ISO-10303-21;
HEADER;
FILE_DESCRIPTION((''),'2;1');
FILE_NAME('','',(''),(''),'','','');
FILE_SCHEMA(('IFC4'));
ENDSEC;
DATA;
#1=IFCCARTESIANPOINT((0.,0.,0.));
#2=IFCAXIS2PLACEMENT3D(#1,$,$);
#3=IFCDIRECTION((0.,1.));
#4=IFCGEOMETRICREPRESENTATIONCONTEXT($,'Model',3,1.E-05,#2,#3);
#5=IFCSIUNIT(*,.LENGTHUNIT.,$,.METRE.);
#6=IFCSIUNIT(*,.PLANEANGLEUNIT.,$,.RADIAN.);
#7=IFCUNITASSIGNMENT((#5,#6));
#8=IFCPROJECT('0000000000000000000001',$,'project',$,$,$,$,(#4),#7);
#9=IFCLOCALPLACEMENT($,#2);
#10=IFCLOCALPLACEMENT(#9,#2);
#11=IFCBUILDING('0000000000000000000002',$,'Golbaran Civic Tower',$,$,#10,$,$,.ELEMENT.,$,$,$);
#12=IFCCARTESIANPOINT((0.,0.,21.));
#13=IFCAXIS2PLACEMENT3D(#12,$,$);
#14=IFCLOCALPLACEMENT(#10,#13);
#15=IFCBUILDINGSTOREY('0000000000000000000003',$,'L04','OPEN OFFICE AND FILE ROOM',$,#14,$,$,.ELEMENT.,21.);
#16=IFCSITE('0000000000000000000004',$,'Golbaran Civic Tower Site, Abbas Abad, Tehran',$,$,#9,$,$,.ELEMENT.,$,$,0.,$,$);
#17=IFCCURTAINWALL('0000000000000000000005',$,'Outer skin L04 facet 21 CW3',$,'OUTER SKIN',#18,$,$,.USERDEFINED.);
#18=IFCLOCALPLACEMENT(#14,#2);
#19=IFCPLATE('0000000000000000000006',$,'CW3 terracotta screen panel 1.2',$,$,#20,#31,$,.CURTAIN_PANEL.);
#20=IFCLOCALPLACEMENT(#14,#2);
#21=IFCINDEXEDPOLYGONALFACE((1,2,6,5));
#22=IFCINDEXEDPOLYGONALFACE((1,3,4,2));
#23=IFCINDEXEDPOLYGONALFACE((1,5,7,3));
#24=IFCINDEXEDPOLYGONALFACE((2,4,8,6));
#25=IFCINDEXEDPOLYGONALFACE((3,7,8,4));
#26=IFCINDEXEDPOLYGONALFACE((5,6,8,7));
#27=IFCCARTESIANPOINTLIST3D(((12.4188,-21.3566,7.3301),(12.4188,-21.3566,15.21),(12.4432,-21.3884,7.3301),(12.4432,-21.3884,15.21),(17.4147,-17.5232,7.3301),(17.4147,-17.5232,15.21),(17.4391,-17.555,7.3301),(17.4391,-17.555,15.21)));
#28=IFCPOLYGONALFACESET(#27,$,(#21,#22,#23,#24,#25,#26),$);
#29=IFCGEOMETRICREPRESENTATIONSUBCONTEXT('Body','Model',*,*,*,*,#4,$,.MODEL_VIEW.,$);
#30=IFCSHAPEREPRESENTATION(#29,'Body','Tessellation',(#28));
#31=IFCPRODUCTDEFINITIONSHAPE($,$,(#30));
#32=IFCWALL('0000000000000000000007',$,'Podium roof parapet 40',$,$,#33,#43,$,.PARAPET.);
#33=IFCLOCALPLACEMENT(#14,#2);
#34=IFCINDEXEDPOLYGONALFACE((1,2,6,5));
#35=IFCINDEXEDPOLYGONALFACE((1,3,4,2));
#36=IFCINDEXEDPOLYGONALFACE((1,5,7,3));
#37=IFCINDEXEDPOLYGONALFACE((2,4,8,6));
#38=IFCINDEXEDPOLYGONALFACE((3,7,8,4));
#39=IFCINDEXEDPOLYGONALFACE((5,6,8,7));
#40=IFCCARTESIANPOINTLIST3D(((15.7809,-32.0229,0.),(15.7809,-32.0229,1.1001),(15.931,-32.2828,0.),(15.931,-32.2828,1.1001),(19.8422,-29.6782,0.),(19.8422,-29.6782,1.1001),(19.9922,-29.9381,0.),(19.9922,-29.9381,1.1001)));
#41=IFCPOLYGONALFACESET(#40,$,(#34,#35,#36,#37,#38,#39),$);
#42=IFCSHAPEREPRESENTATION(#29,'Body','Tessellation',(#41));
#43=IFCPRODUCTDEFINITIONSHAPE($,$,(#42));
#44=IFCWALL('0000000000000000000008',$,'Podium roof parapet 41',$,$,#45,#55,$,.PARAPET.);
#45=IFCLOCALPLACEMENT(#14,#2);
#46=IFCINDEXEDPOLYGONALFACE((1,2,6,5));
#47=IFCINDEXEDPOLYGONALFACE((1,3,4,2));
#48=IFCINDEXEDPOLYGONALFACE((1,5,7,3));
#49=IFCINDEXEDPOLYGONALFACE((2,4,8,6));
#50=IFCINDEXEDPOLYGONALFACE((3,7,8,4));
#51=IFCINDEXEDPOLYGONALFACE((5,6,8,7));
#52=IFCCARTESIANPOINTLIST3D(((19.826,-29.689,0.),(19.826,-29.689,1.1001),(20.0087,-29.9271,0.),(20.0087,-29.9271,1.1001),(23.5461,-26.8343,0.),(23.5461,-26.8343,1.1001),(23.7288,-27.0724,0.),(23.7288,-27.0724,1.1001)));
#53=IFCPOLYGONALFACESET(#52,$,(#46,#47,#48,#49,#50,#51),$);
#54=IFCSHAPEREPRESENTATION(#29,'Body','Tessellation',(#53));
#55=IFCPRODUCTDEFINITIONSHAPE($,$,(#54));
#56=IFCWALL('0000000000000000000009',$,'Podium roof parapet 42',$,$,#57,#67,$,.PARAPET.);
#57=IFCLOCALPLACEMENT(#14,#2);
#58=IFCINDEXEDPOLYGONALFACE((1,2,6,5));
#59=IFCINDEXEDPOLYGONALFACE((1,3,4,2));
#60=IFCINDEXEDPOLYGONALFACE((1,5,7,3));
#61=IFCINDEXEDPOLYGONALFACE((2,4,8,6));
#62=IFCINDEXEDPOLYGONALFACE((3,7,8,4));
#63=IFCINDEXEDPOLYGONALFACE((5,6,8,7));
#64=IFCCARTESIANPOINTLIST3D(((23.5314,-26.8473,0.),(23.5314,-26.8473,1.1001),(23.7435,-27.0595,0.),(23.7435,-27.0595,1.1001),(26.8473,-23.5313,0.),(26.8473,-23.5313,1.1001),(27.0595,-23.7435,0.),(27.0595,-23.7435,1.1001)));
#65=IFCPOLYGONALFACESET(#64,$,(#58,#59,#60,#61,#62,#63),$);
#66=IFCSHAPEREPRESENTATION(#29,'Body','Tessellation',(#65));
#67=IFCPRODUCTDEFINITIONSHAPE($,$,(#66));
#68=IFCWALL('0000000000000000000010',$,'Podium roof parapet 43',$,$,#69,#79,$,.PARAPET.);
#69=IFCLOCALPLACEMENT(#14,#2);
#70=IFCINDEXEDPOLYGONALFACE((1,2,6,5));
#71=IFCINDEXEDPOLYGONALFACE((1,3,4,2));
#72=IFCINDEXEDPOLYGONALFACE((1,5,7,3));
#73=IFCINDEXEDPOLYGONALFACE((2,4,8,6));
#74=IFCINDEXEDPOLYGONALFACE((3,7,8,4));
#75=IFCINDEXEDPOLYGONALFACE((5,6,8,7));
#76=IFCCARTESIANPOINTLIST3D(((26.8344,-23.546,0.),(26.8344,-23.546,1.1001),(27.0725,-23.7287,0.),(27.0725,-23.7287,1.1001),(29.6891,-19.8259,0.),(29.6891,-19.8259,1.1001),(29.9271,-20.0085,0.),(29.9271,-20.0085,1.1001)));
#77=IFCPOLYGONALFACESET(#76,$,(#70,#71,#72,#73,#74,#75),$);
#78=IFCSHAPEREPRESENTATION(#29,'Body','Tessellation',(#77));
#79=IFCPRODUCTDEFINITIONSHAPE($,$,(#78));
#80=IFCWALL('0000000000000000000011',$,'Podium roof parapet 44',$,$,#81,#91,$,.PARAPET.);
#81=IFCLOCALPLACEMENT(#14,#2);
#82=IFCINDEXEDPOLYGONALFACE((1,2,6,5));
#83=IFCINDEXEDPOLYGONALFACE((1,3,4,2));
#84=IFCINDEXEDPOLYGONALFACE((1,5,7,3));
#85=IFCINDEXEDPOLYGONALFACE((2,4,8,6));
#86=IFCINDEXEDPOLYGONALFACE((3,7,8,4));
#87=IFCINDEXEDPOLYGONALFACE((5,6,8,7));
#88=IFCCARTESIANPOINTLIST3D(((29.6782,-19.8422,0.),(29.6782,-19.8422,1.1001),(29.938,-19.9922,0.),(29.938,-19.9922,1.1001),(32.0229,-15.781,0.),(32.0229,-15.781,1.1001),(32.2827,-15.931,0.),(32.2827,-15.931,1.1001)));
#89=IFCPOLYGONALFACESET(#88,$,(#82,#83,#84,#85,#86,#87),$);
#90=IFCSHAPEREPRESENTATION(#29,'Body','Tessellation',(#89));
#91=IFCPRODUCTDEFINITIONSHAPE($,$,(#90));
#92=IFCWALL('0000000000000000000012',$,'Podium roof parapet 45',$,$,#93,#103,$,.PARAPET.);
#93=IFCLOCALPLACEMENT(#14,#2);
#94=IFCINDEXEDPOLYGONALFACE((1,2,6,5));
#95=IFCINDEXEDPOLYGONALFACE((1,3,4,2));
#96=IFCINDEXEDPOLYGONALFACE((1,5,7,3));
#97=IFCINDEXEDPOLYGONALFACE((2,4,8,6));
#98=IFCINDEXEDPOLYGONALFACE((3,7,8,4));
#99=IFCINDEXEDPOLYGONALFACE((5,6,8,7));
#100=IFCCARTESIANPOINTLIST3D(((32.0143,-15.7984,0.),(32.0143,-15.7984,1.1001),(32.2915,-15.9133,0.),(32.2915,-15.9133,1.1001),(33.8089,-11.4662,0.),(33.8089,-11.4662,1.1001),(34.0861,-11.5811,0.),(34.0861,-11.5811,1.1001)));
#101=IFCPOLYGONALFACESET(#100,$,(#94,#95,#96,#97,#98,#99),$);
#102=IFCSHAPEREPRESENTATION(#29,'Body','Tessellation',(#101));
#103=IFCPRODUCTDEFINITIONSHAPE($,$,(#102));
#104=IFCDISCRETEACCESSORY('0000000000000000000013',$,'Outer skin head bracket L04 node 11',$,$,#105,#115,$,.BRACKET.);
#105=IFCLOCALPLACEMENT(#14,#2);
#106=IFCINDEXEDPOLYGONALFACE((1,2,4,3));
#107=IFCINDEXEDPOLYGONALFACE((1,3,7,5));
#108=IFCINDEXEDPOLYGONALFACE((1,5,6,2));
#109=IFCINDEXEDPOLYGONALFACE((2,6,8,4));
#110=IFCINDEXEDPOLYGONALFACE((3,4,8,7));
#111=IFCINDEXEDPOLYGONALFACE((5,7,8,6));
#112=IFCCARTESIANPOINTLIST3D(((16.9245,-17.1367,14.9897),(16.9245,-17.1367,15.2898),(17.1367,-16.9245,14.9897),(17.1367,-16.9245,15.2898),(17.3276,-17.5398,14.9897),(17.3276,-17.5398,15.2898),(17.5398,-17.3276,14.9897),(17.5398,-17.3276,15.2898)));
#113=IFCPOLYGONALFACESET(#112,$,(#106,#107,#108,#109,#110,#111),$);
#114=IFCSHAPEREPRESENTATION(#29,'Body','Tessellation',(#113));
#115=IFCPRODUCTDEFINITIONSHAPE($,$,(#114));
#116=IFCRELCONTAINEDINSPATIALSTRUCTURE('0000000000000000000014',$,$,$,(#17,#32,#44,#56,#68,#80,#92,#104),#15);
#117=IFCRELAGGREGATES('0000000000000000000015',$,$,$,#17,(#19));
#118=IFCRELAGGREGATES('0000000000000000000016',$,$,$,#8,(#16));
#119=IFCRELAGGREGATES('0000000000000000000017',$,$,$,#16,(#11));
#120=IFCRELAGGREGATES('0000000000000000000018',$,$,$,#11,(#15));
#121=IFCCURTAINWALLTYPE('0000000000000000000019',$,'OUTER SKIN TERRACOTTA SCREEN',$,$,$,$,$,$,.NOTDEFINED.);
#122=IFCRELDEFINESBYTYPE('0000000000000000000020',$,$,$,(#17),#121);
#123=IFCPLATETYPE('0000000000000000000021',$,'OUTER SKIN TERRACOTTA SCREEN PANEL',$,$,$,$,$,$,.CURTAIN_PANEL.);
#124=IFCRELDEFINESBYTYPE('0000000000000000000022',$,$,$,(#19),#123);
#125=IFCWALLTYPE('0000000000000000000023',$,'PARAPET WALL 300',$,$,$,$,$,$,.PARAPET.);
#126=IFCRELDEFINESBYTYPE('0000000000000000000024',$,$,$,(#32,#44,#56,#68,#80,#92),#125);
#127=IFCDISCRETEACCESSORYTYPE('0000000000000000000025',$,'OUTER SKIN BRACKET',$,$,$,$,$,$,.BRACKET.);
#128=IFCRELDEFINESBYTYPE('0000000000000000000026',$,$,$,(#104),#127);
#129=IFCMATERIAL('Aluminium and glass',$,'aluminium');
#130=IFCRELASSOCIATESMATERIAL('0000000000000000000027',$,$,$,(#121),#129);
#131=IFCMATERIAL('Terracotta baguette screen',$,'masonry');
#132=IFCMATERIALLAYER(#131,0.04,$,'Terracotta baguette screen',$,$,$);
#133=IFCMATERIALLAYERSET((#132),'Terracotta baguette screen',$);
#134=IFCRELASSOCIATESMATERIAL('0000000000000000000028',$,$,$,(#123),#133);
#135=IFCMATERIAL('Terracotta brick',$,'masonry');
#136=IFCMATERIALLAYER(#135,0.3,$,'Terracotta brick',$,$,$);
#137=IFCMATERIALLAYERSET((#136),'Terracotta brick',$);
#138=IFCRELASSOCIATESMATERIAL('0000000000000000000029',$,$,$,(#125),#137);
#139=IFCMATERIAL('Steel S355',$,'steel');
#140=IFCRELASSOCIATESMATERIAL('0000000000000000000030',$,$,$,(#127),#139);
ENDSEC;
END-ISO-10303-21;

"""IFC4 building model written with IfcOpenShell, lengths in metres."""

from ifc_helpers import new_model, si_unit, direction, frame, frame_2d, origin, origin_2d, place, context, subcontext, project, spatial, rectangle, extrude, material, layer, layer_set, type_object, element, aggregate, save


model = new_model("IFC4")

# Units and contexts
model_context = context("Model", 3, precision=1e-05, world=origin(), true_north=direction((0.0, 1.0)))
body_context = subcontext(model_context, "Body", "Model", "MODEL_VIEW")
ifc_project = project(units=[si_unit("LENGTHUNIT", "METRE"), si_unit("PLANEANGLEUNIT", "RADIAN")], contexts=[model_context])

# Site, building, storey
site_placement = place(None, origin())
site = spatial("IfcSite", under=ifc_project, at=site_placement, Name="Golbaran Civic Tower Site, Abbas Abad, Tehran", CompositionType="ELEMENT", RefElevation=0.0)
building_placement = place(site_placement, origin())
building = spatial("IfcBuilding", under=site, at=building_placement, Name="Golbaran Civic Tower", CompositionType="ELEMENT")
storey_placement = place(building_placement, frame((0.0, 0.0, 21.0)))
storey = spatial("IfcBuildingStorey", under=building, at=storey_placement, Name="L04", Description="OPEN OFFICE AND FILE ROOM", CompositionType="ELEMENT", Elevation=21.0)

# Shared definitions
ifc_material_1 = material(Name="Aluminium and glass", Category="aluminium")

# Curtain wall
curtain_wall_type_1 = type_object("IfcCurtainWallType", Name="OUTER SKIN TERRACOTTA SCREEN", PredefinedType="NOTDEFINED", material=ifc_material_1)
curtain_wall_1_placement = place(storey_placement, origin())
curtain_wall_1 = element("IfcCurtainWall", 1, at=curtain_wall_1_placement, inside=storey, type_object=curtain_wall_type_1, Name="Outer skin L04 facet 21 CW3", ObjectType="OUTER SKIN", PredefinedType="USERDEFINED")

# Plate
ifc_material_2 = material(Name="Terracotta baguette screen", Category="masonry")
ifc_layer_1 = layer(ifc_material_2, 0.04, Name="Terracotta baguette screen")
ifc_layer_set_1 = layer_set([ifc_layer_1], Name="Terracotta baguette screen")
plate_type_1 = type_object("IfcPlateType", Name="OUTER SKIN TERRACOTTA SCREEN PANEL", PredefinedType="CURTAIN_PANEL", material=ifc_layer_set_1)
plate_1_placement = place(storey_placement, frame((14.929, -19.4558, 7.3301), z_axis=(0.0, 0.0, 1.0), x_axis=(0.793353, 0.608761, 0.0)))
plate_1 = element("IfcPlate", 2, at=plate_1_placement, type_object=plate_type_1, Name="CW3 terracotta screen panel 1.2", PredefinedType="CURTAIN_PANEL", context=body_context, shape_type="SweptSolid", body=[
    extrude(rectangle(XDim=6.2971, YDim=0.04, at=origin_2d()), origin(), (0.0, 0.0, 1.0), 7.8799),
])
aggregate(curtain_wall_1, [plate_1])

# Walls
ifc_material_3 = material(Name="Terracotta brick", Category="masonry")
ifc_layer_2 = layer(ifc_material_3, 0.3, Name="Terracotta brick")
ifc_layer_set_2 = layer_set([ifc_layer_2], Name="Terracotta brick")
wall_type = type_object("IfcWallType", Name="PARAPET WALL 300", PredefinedType="PARAPET", material=ifc_layer_set_2)
wall_1_placement = place(storey_placement, frame((15.856, -32.1528, 0.0), z_axis=(0.0, 0.0, 1.0), x_axis=(0.86603, 0.499991, 0.0)))
element("IfcWall", 3, at=wall_1_placement, inside=storey, type_object=wall_type, Name="Podium roof parapet 40", PredefinedType="PARAPET", context=body_context, shape_type="SweptSolid", body=[
    extrude(rectangle(XDim=4.6895, YDim=0.3, at=frame_2d((2.3447, 0.0))), origin(), (0.0, 0.0, 1.0), 1.1001),
])
wall_2_placement = place(storey_placement, frame((19.9172, -29.8081, 0.0), z_axis=(0.0, 0.0, 1.0), x_axis=(0.793341, 0.608777, 0.0)))
element("IfcWall", 4, at=wall_2_placement, inside=storey, type_object=wall_type, Name="Podium roof parapet 41", PredefinedType="PARAPET", context=body_context, shape_type="SweptSolid", body=[
    extrude(rectangle(XDim=4.6892, YDim=0.3, at=frame_2d((2.3447, 0.0))), origin(), (0.0, 0.0, 1.0), 1.1001),
])
wall_3_placement = place(storey_placement, frame((23.6375, -26.9534, 0.0), z_axis=(0.0, 0.0, 1.0), x_axis=(0.707107, 0.707107, 0.0)))
element("IfcWall", 5, at=wall_3_placement, inside=storey, type_object=wall_type, Name="Podium roof parapet 42", PredefinedType="PARAPET", context=body_context, shape_type="SweptSolid", body=[
    extrude(rectangle(XDim=4.6895, YDim=0.3, at=frame_2d((2.3447, 0.0))), origin(), (0.0, 0.0, 1.0), 1.1001),
])
wall_4_placement = place(storey_placement, frame((26.9534, -23.6375, 0.0), z_axis=(0.0, 0.0, 1.0), x_axis=(0.608777, 0.793341, 0.0)))
element("IfcWall", 6, at=wall_4_placement, inside=storey, type_object=wall_type, Name="Podium roof parapet 43", PredefinedType="PARAPET", context=body_context, shape_type="SweptSolid", body=[
    extrude(rectangle(XDim=4.6892, YDim=0.3, at=frame_2d((2.3447, 0.0))), origin(), (0.0, 0.0, 1.0), 1.1001),
])
wall_5_placement = place(storey_placement, frame((29.8081, -19.9172, 0.0), z_axis=(0.0, 0.0, 1.0), x_axis=(0.499991, 0.86603, 0.0)))
element("IfcWall", 7, at=wall_5_placement, inside=storey, type_object=wall_type, Name="Podium roof parapet 44", PredefinedType="PARAPET", context=body_context, shape_type="SweptSolid", body=[
    extrude(rectangle(XDim=4.6895, YDim=0.3, at=frame_2d((2.3447, 0.0))), origin(), (0.0, 0.0, 1.0), 1.1001),
])
wall_6_placement = place(storey_placement, frame((32.1528, -15.856, 0.0), z_axis=(0.0, 0.0, 1.0), x_axis=(0.382718, 0.923865, 0.0)))
element("IfcWall", 8, at=wall_6_placement, inside=storey, type_object=wall_type, Name="Podium roof parapet 45", PredefinedType="PARAPET", context=body_context, shape_type="SweptSolid", body=[
    extrude(rectangle(XDim=4.6892, YDim=0.3, at=frame_2d((2.3447, 0.0))), origin(), (0.0, 0.0, 1.0), 1.1001),
])

# Discrete accessory
ifc_material_4 = material(Name="Steel S355", Category="steel")
discrete_accessory_type = type_object("IfcDiscreteAccessoryType", Name="OUTER SKIN BRACKET", PredefinedType="BRACKET", material=ifc_material_4)
discrete_accessory_placement = place(storey_placement, frame((17.2322, -17.2322, 14.9897), z_axis=(0.0, 0.0, 1.0), x_axis=(0.707107, -0.707107, 0.0)))
element("IfcDiscreteAccessory", 9, at=discrete_accessory_placement, inside=storey, type_object=discrete_accessory_type, Name="Outer skin head bracket L04 node 11", PredefinedType="BRACKET", context=body_context, shape_type="SweptSolid", body=[
    extrude(rectangle(XDim=0.5701, YDim=0.3, at=origin_2d()), origin(), (0.0, 0.0, 1.0), 0.3),
])

save(model, "model.ifc")
